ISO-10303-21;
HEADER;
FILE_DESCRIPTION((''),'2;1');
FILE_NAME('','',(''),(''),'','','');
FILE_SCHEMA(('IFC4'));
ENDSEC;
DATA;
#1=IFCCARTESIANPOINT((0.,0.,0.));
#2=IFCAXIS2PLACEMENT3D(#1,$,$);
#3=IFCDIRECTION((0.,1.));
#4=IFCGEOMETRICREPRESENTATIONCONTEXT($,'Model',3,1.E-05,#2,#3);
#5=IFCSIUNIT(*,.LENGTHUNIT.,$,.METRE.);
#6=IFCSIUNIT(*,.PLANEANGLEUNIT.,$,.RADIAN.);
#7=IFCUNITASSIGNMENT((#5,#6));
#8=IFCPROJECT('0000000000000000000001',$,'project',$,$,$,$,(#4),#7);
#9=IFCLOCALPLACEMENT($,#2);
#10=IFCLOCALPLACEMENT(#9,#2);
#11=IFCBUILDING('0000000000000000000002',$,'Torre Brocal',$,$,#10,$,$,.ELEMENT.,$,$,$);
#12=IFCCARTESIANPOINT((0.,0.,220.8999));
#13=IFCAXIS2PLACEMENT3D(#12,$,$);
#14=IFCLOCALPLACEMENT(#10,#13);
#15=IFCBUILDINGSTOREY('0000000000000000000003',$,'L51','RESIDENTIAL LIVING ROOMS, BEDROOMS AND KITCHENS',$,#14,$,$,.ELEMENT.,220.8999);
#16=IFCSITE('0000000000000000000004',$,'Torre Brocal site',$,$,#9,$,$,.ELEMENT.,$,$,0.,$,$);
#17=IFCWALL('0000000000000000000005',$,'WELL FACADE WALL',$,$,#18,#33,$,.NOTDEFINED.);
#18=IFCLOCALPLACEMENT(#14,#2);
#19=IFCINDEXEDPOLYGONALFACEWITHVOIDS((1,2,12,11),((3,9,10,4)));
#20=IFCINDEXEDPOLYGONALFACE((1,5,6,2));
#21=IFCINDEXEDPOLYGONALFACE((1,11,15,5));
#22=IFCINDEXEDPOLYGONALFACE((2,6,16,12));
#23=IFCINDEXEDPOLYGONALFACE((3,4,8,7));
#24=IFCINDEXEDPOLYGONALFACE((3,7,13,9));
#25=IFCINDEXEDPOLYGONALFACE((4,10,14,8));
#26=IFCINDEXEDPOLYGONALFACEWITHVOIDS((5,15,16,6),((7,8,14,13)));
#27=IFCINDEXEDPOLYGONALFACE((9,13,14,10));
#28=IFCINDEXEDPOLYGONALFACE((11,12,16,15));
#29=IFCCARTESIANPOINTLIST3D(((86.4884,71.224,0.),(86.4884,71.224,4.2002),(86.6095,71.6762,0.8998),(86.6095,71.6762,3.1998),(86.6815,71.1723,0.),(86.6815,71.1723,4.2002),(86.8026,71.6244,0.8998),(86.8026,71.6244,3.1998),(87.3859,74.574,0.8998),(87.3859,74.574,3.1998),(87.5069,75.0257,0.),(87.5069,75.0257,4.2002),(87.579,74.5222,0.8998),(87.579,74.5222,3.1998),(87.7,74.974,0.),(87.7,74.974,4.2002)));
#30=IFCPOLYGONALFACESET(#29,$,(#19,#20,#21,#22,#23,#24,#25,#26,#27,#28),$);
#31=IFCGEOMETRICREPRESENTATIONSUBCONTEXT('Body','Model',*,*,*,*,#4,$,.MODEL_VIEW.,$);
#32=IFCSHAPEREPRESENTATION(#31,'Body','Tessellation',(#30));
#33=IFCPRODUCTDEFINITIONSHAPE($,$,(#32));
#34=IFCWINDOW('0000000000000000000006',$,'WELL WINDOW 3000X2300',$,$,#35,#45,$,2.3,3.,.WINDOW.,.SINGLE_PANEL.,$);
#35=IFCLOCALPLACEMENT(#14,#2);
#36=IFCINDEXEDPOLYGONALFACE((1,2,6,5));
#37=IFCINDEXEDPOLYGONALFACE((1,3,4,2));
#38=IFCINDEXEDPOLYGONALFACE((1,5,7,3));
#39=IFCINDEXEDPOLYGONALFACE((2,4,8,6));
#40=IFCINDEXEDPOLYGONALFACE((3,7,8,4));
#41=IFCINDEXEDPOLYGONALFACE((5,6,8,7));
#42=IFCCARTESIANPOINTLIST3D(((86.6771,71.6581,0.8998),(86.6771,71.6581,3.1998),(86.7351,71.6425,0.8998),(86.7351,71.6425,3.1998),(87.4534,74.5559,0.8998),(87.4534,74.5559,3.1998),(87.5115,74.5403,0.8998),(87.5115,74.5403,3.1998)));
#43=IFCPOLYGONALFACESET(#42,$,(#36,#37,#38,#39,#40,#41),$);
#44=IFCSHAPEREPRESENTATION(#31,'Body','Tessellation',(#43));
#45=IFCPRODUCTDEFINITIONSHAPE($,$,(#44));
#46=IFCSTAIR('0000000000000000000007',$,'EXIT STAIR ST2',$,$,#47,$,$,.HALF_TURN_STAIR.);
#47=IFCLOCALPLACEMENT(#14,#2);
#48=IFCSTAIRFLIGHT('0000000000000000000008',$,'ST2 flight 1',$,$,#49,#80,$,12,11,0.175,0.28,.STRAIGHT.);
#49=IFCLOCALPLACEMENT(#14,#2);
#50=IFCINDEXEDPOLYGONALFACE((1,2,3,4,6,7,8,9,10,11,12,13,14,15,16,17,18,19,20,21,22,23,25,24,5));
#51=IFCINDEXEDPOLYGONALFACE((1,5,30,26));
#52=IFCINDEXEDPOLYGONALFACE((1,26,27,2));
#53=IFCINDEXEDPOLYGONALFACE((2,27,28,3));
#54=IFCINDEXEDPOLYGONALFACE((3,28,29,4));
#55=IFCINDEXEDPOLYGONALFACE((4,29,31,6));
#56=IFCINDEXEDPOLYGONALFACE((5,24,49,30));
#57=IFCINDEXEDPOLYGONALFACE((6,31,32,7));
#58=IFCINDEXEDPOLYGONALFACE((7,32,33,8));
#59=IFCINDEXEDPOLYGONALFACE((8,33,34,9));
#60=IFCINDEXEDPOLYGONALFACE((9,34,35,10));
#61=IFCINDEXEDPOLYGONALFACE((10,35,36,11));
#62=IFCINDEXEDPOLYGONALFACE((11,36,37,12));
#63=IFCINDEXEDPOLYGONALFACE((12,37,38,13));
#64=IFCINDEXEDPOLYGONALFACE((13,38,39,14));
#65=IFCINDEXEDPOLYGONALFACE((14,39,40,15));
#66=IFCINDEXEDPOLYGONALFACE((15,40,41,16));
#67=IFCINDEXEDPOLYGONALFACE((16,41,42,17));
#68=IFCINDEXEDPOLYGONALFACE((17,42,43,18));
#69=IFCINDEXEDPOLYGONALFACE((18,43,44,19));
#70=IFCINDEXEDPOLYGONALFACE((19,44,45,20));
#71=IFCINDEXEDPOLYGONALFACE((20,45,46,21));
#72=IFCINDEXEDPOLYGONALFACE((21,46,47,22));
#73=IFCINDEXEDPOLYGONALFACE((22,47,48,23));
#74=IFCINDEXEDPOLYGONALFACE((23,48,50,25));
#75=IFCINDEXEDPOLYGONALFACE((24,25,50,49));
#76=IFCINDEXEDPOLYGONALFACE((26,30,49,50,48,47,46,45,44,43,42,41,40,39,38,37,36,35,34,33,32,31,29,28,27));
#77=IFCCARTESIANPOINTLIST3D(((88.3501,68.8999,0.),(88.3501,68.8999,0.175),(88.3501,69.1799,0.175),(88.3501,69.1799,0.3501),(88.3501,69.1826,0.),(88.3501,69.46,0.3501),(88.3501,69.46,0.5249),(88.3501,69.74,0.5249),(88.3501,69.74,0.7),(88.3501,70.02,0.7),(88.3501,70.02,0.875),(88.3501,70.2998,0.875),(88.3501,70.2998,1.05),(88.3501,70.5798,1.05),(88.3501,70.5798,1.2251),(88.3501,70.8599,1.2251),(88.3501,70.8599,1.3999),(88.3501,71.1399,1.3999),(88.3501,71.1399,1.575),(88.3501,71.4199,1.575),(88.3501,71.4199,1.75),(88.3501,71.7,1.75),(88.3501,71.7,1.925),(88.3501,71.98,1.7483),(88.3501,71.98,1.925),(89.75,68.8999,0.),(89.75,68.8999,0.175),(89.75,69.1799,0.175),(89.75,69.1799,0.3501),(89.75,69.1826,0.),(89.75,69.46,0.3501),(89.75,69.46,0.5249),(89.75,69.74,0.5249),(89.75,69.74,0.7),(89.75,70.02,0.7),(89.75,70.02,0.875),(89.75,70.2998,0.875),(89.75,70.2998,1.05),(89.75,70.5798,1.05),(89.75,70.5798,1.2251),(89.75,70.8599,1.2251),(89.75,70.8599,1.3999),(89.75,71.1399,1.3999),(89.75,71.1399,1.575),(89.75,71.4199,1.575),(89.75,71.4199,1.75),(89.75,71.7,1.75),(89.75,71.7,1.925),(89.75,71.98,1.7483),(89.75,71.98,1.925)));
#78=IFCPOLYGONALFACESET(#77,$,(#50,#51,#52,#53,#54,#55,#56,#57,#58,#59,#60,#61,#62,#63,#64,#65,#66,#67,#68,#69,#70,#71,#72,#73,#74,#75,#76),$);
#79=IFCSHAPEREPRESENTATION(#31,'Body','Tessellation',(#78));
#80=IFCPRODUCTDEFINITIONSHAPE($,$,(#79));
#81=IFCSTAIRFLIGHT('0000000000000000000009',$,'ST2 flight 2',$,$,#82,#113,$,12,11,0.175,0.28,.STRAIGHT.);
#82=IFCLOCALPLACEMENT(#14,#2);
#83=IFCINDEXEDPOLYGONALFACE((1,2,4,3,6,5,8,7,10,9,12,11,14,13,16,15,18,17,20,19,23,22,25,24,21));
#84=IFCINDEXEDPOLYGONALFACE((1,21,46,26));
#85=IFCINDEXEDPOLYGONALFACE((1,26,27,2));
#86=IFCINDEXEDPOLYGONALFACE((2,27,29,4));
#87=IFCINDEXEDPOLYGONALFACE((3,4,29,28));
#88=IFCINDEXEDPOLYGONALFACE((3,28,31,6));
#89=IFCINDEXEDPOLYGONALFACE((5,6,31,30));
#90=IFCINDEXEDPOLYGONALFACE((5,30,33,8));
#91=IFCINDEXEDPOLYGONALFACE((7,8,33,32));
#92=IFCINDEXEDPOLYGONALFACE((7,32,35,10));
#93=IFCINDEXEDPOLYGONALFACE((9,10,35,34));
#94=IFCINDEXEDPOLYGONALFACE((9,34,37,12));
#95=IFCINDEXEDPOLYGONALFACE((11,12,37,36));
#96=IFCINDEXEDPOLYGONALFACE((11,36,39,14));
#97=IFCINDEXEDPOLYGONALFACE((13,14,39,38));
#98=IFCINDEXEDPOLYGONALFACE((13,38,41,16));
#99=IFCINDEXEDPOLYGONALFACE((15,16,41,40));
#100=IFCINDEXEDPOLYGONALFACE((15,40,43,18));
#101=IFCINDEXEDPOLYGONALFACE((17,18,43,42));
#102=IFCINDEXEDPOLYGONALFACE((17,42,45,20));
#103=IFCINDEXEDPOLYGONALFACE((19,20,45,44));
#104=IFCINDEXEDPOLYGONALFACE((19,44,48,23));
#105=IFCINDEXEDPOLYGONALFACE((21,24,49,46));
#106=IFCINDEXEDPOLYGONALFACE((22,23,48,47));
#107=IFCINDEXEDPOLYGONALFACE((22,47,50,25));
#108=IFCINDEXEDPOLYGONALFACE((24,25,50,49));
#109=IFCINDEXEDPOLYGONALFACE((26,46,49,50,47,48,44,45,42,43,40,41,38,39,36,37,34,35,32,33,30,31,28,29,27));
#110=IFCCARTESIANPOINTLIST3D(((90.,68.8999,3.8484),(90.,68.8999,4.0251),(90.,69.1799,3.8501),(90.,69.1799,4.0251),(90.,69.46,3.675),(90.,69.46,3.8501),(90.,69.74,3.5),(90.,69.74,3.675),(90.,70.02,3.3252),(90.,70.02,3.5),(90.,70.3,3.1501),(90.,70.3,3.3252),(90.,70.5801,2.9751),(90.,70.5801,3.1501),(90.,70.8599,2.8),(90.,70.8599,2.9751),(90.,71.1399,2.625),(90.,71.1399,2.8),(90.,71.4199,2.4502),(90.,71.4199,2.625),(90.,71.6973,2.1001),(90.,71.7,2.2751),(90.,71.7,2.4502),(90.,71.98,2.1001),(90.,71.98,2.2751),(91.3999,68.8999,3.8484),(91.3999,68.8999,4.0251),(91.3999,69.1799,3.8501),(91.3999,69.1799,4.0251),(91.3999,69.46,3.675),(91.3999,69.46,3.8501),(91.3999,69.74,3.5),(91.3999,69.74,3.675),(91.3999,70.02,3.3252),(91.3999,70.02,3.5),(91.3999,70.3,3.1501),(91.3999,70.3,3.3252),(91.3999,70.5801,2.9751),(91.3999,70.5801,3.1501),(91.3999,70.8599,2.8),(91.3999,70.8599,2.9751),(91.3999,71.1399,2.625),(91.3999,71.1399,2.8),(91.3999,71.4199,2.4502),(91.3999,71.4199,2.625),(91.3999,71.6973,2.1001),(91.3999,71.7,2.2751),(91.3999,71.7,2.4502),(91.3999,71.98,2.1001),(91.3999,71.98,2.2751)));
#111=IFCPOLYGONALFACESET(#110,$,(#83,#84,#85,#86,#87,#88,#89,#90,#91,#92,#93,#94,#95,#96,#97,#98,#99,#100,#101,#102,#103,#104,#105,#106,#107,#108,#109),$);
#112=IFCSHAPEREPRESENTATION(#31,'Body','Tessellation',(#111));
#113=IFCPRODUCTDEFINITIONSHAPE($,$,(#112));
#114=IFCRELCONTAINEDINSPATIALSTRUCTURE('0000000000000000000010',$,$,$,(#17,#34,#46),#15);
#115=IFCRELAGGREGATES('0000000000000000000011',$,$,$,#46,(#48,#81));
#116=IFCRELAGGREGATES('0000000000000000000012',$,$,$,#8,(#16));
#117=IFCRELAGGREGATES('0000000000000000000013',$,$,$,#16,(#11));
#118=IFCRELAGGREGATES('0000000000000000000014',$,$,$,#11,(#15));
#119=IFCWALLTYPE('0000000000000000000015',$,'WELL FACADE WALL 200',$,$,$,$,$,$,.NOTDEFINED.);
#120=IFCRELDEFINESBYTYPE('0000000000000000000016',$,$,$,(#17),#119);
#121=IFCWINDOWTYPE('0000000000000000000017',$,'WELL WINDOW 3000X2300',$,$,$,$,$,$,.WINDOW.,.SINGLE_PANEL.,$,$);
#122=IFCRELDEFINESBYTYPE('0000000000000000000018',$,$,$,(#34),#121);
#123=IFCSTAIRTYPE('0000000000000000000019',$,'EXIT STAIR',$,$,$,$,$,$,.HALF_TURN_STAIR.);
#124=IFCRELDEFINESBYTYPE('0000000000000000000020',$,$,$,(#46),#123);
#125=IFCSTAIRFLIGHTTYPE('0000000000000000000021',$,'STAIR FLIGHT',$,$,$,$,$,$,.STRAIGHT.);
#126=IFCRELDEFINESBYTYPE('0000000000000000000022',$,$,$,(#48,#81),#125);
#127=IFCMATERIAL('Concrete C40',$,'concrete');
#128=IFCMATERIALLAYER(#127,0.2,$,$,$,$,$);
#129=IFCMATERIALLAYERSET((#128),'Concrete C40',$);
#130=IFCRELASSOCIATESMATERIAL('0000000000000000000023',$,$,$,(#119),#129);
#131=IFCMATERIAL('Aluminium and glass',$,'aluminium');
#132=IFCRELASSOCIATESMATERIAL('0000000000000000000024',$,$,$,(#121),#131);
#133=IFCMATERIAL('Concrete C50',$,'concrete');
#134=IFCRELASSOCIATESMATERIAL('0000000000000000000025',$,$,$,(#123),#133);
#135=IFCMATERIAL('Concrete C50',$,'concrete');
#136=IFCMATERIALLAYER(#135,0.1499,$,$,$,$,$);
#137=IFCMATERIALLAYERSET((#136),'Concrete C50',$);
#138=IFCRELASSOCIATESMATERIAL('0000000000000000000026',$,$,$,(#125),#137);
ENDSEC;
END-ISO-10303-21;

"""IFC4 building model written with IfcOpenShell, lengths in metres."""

from ifc_helpers import new_model, si_unit, direction, frame, frame_2d, origin, place, context, subcontext, project, spatial, polyline, rectangle, outline, extrude, material, layer, layer_set, type_object, element, fill, aggregate, save


model = new_model("IFC4")

# Units and contexts
model_context = context("Model", 3, precision=1e-05, world=origin(), true_north=direction((0.0, 1.0)))
body_context = subcontext(model_context, "Body", "Model", "MODEL_VIEW")
ifc_project = project(units=[si_unit("LENGTHUNIT", "METRE"), si_unit("PLANEANGLEUNIT", "RADIAN")], contexts=[model_context])

# Site, building, storey
site_placement = place(None, origin())
site = spatial("IfcSite", under=ifc_project, at=site_placement, Name="Torre Brocal site", CompositionType="ELEMENT", RefElevation=0.0)
building_placement = place(site_placement, origin())
building = spatial("IfcBuilding", under=site, at=building_placement, Name="Torre Brocal", CompositionType="ELEMENT")
storey_placement = place(building_placement, frame((0.0, 0.0, 220.8999)))
storey = spatial("IfcBuildingStorey", under=building, at=storey_placement, Name="L51", Description="RESIDENTIAL LIVING ROOMS, BEDROOMS AND KITCHENS", CompositionType="ELEMENT", Elevation=220.8999)

# Wall, opening, window
ifc_material_1 = material(Name="Concrete C40", Category="concrete")
ifc_layer_1 = layer(ifc_material_1, 0.2)
ifc_layer_set_1 = layer_set([ifc_layer_1], Name="Concrete C40")
wall_type_1 = type_object("IfcWallType", Name="WELL FACADE WALL 200", PredefinedType="NOTDEFINED", material=ifc_layer_set_1)
ifc_material_2 = material(Name="Aluminium and glass", Category="aluminium")
window_type = type_object("IfcWindowType", Name="WELL WINDOW 3000X2300", PartitioningType="SINGLE_PANEL", PredefinedType="WINDOW", material=ifc_material_2)
wall_1_placement = place(storey_placement, frame((86.585, 71.1982, 0.0), z_axis=(0.0, 0.0, 1.0), x_axis=(0.25879, 0.965934, 0.0)))
wall_1 = element("IfcWall", 1, at=wall_1_placement, inside=storey, type_object=wall_type_1, Name="WELL FACADE WALL", PredefinedType="NOTDEFINED", context=body_context, shape_type="SweptSolid", body=[
    extrude(rectangle(XDim=3.9358, YDim=0.2, at=frame_2d((1.9678, 0.0))), origin(), (0.0, 0.0, 1.0), 4.2002),
])
opening_1_placement = place(wall_1_placement, frame((0.468, 0.0, 0.8999)))
opening_1 = element("IfcOpeningElement", 2, at=opening_1_placement, cuts=wall_1, PredefinedType="OPENING", context=body_context, shape_type="SweptSolid", body=[
    extrude(rectangle(XDim=3.0, YDim=2.3, at=frame_2d((1.5, 1.1499))), frame((0.0, 0.1099, 0.0), z_axis=(0.0, -1.0, 0.0), x_axis=(1.0, 0.0, 0.0)), (0.0, 0.0, 1.0), 0.22),
])
window_1_placement = place(opening_1_placement, origin())
window_1 = element("IfcWindow", 3, at=window_1_placement, inside=storey, type_object=window_type, Name="WELL WINDOW 3000X2300", OverallHeight=2.3, OverallWidth=3.0, PartitioningType="SINGLE_PANEL", PredefinedType="WINDOW", context=body_context, shape_type="SweptSolid", body=[
    extrude(rectangle(XDim=3.0, YDim=2.3, at=frame_2d((1.5, 1.1499))), frame((0.0, 0.03, 0.0), z_axis=(0.0, -1.0, 0.0), x_axis=(1.0, 0.0, 0.0)), (0.0, 0.0, 1.0), 0.0601),
])
fill(opening_1, window_1)

# Stair, stair flights
ifc_material_3 = material(Name="Concrete C50", Category="concrete")
stair_type = type_object("IfcStairType", Name="EXIT STAIR", PredefinedType="HALF_TURN_STAIR", material=ifc_material_3)
stair_placement = place(storey_placement, origin())
stair = element("IfcStair", 4, at=stair_placement, inside=storey, type_object=stair_type, Name="EXIT STAIR ST2", PredefinedType="HALF_TURN_STAIR")
ifc_material_4 = material(Name="Concrete C50", Category="concrete")
ifc_layer_2 = layer(ifc_material_4, 0.1499)
ifc_layer_set_2 = layer_set([ifc_layer_2], Name="Concrete C50")
stair_flight_type = type_object("IfcStairFlightType", Name="STAIR FLIGHT", PredefinedType="STRAIGHT", material=ifc_layer_set_2)
stair_flight_1_placement = place(storey_placement, frame((89.05, 68.8999, 0.0), z_axis=(0.0, 0.0, 1.0), x_axis=(0.0, 1.0, 0.0)))
stair_flight_1 = element("IfcStairFlight", 5, at=stair_flight_1_placement, type_object=stair_flight_type, Name="ST2 flight 1", NumberOfRisers=12, NumberOfTreads=11, PredefinedType="STRAIGHT", RiserHeight=0.175, TreadLength=0.28, context=body_context, shape_type="SweptSolid", body=[
    extrude(outline(polyline([(0.0, 0.0), (0.0, 0.175), (0.28, 0.175), (0.28, 0.3501), (0.5601, 0.3501), (0.5601, 0.5249), (0.8401, 0.5249), (0.8401, 0.7), (1.1201, 0.7), (1.1201, 0.875), (1.3999, 0.875), (1.3999, 1.05), (1.6799, 1.05), (1.6799, 1.2251), (1.96, 1.2251), (1.96, 1.3999), (2.24, 1.3999), (2.24, 1.575), (2.52, 1.575), (2.52, 1.75), (2.8, 1.75), (2.8, 1.925), (3.0801, 1.925), (3.0801, 2.1001), (3.0801, 1.7483), (0.2827, 0.0), (0.0, 0.0)])), frame((0.0, 0.7, 0.0), z_axis=(0.0, -1.0, 0.0), x_axis=(1.0, 0.0, 0.0)), (0.0, 0.0, 1.0), 1.3999),
])
stair_flight_2_placement = place(storey_placement, frame((90.7, 71.98, 2.1001), z_axis=(0.0, 0.0, 1.0), x_axis=(0.0, -1.0, 0.0)))
stair_flight_2 = element("IfcStairFlight", 6, at=stair_flight_2_placement, type_object=stair_flight_type, Name="ST2 flight 2", NumberOfRisers=12, NumberOfTreads=11, PredefinedType="STRAIGHT", RiserHeight=0.175, TreadLength=0.28, context=body_context, shape_type="SweptSolid", body=[
    extrude(outline(polyline([(0.0, 0.0), (0.0, 0.175), (0.28, 0.175), (0.28, 0.3501), (0.5601, 0.3501), (0.5601, 0.5249), (0.8401, 0.5249), (0.8401, 0.7), (1.1201, 0.7), (1.1201, 0.875), (1.3999, 0.875), (1.3999, 1.05), (1.6799, 1.05), (1.6799, 1.2251), (1.96, 1.2251), (1.96, 1.3999), (2.24, 1.3999), (2.24, 1.575), (2.52, 1.575), (2.52, 1.75), (2.8, 1.75), (2.8, 1.925), (3.0801, 1.925), (3.0801, 2.1001), (3.0801, 1.7483), (0.2827, 0.0), (0.0, 0.0)])), frame((0.0, 0.7, 0.0), z_axis=(0.0, -1.0, 0.0), x_axis=(1.0, 0.0, 0.0)), (0.0, 0.0, 1.0), 1.3999),
])
aggregate(stair, [stair_flight_1, stair_flight_2])

save(model, "model.ifc")
